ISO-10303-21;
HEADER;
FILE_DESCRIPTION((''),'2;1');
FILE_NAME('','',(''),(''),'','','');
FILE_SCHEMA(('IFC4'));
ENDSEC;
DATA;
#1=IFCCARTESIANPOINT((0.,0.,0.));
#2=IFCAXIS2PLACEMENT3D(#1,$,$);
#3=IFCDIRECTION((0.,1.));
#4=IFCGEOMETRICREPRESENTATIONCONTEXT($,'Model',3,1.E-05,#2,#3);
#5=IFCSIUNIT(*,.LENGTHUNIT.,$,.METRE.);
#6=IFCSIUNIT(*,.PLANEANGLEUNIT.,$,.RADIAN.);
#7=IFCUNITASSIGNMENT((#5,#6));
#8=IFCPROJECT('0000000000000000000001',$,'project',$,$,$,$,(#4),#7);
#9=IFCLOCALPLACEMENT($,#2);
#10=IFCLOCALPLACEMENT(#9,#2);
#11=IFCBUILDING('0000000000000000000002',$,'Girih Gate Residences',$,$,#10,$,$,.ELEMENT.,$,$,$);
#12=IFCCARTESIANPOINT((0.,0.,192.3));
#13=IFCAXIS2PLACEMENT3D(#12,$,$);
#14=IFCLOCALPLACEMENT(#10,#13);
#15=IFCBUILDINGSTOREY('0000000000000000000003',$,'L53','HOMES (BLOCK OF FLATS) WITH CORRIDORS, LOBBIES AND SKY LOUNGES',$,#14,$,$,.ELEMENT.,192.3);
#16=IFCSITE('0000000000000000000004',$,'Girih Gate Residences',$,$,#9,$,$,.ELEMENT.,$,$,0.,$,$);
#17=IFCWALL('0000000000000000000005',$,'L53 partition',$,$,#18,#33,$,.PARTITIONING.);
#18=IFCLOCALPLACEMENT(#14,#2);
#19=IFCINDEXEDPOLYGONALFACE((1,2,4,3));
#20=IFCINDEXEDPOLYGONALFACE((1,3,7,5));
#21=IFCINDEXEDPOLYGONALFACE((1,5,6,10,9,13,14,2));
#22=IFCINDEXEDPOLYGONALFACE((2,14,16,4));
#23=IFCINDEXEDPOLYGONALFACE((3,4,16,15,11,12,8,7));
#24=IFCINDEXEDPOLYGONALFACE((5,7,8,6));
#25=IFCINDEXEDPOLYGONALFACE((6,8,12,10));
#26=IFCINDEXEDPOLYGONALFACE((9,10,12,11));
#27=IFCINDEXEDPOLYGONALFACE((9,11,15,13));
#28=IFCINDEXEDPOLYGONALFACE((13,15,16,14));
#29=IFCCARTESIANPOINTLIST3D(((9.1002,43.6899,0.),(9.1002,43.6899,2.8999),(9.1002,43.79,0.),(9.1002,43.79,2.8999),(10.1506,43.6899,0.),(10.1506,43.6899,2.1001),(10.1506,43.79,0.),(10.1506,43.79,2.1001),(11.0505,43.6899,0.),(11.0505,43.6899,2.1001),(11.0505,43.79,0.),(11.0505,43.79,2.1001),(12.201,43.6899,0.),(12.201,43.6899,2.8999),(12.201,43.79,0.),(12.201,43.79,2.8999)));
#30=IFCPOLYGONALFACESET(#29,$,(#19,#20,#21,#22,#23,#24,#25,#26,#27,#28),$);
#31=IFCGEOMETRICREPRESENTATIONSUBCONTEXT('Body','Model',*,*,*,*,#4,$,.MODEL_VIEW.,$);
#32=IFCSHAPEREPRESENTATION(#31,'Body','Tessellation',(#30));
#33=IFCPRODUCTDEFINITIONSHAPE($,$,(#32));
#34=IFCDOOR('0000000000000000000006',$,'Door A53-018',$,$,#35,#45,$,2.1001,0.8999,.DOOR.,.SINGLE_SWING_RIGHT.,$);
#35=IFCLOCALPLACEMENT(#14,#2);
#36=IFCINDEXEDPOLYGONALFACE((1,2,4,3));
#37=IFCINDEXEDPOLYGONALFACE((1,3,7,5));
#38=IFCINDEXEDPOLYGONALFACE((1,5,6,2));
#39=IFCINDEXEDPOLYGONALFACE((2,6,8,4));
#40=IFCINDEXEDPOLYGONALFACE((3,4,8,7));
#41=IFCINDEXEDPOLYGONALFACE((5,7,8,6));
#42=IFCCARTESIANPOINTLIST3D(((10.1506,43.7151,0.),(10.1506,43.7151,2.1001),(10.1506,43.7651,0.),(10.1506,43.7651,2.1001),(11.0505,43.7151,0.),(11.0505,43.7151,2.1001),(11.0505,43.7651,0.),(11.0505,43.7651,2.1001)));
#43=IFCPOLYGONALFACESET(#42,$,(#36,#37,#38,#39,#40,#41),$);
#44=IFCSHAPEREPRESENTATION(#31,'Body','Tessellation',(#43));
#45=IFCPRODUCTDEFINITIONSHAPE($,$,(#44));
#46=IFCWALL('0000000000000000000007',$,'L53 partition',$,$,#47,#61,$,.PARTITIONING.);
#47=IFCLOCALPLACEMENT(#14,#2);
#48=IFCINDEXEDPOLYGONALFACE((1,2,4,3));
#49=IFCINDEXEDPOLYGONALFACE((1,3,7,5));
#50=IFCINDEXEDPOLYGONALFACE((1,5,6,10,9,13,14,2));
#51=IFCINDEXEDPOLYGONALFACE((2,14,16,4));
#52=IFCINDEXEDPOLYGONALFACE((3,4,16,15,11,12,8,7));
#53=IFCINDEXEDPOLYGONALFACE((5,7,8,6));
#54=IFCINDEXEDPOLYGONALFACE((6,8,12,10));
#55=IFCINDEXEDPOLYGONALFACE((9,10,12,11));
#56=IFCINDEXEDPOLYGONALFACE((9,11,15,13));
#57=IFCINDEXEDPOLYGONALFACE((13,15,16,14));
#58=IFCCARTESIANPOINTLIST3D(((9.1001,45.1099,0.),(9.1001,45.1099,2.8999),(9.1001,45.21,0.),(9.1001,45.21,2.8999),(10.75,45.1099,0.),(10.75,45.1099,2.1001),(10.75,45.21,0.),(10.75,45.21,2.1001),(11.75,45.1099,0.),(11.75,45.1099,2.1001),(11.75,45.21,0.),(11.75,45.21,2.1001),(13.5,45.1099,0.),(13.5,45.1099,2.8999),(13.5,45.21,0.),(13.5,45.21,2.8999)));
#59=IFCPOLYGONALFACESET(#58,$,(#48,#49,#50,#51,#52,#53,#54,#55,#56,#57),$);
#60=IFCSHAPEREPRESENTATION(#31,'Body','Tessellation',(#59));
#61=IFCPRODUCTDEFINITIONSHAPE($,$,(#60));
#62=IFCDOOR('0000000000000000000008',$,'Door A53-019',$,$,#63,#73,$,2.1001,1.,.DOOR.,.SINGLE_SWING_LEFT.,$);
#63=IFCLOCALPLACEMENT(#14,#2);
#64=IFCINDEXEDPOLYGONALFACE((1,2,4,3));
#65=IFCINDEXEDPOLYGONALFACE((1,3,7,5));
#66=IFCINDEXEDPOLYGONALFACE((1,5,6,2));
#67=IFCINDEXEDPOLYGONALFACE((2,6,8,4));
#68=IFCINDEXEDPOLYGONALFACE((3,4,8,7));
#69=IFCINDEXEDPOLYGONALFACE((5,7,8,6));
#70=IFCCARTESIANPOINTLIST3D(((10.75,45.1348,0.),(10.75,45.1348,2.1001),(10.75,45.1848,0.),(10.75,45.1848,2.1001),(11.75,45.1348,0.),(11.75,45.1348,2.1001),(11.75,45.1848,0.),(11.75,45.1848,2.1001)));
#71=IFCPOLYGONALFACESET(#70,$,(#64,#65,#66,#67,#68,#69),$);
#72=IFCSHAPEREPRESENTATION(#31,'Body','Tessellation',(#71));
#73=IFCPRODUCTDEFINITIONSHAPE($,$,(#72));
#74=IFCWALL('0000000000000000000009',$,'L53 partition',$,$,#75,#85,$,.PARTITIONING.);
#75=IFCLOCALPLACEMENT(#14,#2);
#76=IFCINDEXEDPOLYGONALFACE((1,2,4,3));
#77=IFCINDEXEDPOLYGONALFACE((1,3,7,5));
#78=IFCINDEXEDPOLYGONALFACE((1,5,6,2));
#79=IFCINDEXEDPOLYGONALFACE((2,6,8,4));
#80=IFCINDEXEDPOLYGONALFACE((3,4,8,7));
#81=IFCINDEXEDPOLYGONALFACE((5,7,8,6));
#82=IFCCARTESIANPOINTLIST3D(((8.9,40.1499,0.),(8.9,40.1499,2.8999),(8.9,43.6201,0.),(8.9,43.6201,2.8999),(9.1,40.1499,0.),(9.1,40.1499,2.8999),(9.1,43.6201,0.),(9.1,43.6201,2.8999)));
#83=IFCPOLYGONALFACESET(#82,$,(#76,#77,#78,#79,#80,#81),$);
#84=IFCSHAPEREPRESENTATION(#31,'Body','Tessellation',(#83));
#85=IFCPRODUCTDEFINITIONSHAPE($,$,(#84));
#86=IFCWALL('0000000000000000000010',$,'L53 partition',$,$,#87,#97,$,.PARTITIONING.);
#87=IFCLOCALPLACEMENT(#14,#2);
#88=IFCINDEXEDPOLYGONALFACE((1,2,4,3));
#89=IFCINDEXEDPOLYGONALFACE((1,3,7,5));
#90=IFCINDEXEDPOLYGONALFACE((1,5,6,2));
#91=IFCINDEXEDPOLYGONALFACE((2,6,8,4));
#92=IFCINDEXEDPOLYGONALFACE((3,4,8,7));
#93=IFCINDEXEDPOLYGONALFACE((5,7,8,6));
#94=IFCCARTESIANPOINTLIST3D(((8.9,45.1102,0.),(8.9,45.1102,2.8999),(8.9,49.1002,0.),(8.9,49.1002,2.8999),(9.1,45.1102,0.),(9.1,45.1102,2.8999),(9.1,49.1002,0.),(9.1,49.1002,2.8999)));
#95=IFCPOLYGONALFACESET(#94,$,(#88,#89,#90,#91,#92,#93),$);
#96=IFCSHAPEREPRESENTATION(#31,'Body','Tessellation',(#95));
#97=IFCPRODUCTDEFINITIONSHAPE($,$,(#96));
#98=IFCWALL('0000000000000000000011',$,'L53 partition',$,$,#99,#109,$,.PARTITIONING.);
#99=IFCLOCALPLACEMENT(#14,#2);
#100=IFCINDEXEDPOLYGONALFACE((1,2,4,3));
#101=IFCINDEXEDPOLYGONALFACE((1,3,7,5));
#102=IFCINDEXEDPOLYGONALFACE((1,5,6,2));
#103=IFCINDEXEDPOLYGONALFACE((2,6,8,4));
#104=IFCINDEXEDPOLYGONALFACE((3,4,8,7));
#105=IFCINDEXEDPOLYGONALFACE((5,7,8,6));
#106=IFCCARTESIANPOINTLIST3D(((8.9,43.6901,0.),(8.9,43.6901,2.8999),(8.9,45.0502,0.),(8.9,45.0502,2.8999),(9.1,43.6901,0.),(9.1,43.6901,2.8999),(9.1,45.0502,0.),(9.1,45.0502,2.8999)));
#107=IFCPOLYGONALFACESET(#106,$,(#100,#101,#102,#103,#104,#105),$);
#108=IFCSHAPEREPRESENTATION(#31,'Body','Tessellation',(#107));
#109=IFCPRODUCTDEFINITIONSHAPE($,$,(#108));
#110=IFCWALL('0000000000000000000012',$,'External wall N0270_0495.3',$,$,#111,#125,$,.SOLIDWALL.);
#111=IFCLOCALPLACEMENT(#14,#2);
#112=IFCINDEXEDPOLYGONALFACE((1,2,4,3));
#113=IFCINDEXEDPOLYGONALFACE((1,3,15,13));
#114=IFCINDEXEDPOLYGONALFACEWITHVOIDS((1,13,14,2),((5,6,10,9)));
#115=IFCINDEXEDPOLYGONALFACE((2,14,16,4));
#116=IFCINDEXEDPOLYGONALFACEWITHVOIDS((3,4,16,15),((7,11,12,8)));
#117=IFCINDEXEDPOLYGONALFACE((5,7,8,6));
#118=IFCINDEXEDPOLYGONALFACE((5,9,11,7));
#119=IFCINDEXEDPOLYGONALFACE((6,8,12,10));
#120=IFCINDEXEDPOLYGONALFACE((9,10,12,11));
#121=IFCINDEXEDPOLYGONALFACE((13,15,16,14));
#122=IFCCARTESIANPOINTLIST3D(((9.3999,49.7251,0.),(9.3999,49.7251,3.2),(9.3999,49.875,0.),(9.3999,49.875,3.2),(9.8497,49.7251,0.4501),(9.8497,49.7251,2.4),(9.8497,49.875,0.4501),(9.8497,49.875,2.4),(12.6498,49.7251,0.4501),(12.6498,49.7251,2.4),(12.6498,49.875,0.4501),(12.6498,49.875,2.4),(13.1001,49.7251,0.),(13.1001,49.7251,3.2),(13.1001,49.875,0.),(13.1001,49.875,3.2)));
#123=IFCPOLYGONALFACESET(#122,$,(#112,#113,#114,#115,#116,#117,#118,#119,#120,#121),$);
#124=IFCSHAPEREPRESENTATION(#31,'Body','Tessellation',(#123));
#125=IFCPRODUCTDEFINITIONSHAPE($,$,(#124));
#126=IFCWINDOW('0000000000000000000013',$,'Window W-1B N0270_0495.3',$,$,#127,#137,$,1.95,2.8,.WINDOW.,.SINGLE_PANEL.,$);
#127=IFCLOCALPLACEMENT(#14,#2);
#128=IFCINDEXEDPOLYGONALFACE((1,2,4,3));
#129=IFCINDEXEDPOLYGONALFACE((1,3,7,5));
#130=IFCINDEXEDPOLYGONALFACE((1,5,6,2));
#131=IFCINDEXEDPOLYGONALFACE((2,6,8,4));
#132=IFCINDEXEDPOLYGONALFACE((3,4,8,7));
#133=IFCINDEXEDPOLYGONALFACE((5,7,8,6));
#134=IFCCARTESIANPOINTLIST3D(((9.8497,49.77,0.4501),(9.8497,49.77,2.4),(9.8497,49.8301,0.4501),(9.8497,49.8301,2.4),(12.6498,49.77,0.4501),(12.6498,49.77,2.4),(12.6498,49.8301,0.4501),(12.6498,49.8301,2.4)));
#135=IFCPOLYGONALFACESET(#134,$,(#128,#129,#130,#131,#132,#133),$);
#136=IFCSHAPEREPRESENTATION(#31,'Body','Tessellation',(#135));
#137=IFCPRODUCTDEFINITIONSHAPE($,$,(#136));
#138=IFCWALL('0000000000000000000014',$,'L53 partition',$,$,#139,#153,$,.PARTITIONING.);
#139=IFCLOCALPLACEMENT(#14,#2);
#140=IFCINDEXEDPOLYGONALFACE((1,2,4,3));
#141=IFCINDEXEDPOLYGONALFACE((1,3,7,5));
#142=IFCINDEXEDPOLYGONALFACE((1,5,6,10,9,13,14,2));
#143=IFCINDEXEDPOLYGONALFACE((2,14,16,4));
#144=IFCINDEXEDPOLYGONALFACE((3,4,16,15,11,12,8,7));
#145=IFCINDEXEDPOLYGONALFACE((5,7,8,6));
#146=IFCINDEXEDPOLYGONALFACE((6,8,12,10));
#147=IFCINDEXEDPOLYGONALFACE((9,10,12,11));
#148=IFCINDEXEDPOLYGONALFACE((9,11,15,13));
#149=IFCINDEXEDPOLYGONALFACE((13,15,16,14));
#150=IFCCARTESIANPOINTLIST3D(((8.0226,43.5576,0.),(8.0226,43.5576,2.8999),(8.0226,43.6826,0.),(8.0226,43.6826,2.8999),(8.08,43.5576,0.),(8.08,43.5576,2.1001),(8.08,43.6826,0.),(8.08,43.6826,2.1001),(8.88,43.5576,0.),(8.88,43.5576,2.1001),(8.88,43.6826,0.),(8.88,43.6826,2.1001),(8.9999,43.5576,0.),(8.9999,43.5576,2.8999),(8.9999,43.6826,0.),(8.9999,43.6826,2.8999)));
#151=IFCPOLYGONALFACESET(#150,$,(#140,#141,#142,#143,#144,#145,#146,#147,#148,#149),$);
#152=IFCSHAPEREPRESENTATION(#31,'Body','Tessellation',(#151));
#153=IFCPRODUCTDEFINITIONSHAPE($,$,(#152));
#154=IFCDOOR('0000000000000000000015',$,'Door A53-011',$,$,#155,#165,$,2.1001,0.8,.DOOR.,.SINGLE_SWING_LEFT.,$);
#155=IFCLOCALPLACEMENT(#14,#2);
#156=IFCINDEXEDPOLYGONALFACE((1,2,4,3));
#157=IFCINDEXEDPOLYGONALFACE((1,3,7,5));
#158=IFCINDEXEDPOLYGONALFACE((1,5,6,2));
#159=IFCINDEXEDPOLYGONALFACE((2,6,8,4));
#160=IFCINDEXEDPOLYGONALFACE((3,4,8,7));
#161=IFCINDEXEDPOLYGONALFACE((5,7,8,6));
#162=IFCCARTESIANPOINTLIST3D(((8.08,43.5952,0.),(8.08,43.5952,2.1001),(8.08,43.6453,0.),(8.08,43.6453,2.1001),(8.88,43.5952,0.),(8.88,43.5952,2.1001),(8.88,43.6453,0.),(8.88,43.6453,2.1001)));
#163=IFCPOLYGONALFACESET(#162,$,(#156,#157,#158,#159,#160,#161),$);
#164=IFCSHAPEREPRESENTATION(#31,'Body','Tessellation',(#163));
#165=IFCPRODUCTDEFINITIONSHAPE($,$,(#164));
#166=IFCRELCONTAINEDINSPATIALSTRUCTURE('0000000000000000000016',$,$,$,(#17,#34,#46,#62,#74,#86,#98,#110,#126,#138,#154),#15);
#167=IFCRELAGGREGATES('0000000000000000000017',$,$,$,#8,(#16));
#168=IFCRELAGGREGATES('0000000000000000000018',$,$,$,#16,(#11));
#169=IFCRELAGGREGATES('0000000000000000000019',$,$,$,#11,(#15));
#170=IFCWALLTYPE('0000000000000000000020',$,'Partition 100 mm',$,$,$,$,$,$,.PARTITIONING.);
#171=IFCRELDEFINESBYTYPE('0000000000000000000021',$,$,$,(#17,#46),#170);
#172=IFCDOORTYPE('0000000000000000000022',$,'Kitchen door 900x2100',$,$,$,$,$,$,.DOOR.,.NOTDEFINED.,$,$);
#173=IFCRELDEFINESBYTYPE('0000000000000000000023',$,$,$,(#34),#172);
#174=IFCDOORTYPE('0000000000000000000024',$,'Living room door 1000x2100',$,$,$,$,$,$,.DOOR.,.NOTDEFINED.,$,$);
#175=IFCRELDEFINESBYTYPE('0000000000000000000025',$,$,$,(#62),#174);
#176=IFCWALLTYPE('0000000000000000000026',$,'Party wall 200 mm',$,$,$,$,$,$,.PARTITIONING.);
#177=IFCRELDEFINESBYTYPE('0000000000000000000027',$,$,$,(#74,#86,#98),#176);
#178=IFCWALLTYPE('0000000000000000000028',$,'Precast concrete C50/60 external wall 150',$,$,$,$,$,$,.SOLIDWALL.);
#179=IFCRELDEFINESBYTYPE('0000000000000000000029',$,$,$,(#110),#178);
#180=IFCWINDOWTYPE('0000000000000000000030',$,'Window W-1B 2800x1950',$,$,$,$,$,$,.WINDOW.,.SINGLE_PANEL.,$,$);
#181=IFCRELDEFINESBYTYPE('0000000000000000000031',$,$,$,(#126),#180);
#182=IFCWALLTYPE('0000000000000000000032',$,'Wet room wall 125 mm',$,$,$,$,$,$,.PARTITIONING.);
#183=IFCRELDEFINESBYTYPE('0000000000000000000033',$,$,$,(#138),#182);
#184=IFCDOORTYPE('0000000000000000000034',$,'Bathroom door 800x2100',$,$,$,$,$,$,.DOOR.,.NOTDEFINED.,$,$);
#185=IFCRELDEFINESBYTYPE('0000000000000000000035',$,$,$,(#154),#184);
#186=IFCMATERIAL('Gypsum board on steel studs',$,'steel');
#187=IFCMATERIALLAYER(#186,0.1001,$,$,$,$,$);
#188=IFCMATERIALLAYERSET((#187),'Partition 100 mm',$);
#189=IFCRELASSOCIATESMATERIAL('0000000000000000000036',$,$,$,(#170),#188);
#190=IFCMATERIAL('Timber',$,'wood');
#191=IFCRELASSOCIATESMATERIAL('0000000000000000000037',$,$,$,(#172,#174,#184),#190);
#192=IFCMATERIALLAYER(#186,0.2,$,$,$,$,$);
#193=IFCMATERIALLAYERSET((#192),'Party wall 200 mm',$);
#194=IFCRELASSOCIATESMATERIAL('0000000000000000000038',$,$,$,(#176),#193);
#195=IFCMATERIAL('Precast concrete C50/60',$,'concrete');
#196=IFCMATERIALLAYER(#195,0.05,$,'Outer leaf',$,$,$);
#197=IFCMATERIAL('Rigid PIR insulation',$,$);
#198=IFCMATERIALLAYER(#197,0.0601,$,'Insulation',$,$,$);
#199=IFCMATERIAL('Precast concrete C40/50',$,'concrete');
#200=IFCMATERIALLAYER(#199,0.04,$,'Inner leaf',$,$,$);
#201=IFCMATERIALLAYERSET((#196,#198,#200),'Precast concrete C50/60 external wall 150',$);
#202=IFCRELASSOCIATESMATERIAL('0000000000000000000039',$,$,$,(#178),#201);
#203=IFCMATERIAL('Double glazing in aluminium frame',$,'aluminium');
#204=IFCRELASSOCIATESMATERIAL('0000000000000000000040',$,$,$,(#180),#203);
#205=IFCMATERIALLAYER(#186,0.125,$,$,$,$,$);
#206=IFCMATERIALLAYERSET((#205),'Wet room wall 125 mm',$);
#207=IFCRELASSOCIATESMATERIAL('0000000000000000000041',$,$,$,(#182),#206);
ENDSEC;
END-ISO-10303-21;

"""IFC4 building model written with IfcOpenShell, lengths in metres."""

from ifc_helpers import new_model, si_unit, direction, frame, frame_2d, origin, place, context, subcontext, project, spatial, rectangle, extrude, material, layer, layer_set, type_object, element, fill, save


model = new_model("IFC4")

# Units and contexts
model_context = context("Model", 3, precision=1e-05, world=origin(), true_north=direction((0.0, 1.0)))
body_context = subcontext(model_context, "Body", "Model", "MODEL_VIEW")
ifc_project = project(units=[si_unit("LENGTHUNIT", "METRE"), si_unit("PLANEANGLEUNIT", "RADIAN")], contexts=[model_context])

# Site, building, storey
site_placement = place(None, origin())
site = spatial("IfcSite", under=ifc_project, at=site_placement, Name="Girih Gate Residences", CompositionType="ELEMENT", RefElevation=0.0)
building_placement = place(site_placement, origin())
building = spatial("IfcBuilding", under=site, at=building_placement, Name="Girih Gate Residences", CompositionType="ELEMENT")
storey_placement = place(building_placement, frame((0.0, 0.0, 192.3)))
storey = spatial("IfcBuildingStorey", under=building, at=storey_placement, Name="L53", Description="HOMES (BLOCK OF FLATS) WITH CORRIDORS, LOBBIES AND SKY LOUNGES", CompositionType="ELEMENT", Elevation=192.3)

# Shared definitions
ifc_material_1 = material(Name="Gypsum board on steel studs", Category="steel")

# Shared definitions
ifc_layer_1 = layer(ifc_material_1, 0.1001)
ifc_layer_set_1 = layer_set([ifc_layer_1], Name="Partition 100 mm")
wall_type_1 = type_object("IfcWallType", Name="Partition 100 mm", PredefinedType="PARTITIONING", material=ifc_layer_set_1)
ifc_material_2 = material(Name="Timber", Category="wood")
door_type_1 = type_object("IfcDoorType", Name="Kitchen door 900x2100", OperationType="NOTDEFINED", PredefinedType="DOOR", material=ifc_material_2)

# Walls, openings, doors
wall_1_placement = place(storey_placement, frame((12.2009, 43.74, 0.0), z_axis=(0.0, 0.0, 1.0), x_axis=(-1.0, 0.0, 0.0)))
wall_1 = element("IfcWall", 1, at=wall_1_placement, inside=storey, type_object=wall_type_1, Name="L53 partition", PredefinedType="PARTITIONING", context=body_context, shape_type="SweptSolid", body=[
    extrude(rectangle(XDim=3.1008, YDim=0.1001, at=frame_2d((1.5503, 0.0))), origin(), (0.0, 0.0, 1.0), 2.8999),
])
opening_1_placement = place(wall_1_placement, frame((1.1504, 0.0, 0.0)))
opening_1 = element("IfcOpeningElement", 2, at=opening_1_placement, cuts=wall_1, PredefinedType="OPENING", context=body_context, shape_type="SweptSolid", body=[
    extrude(rectangle(XDim=0.8999, YDim=2.1001, at=frame_2d((0.45, 1.05))), frame((0.0, 0.0601, 0.0), z_axis=(0.0, -1.0, 0.0), x_axis=(1.0, 0.0, 0.0)), (0.0, 0.0, 1.0), 0.1201),
])
door_1_placement = place(opening_1_placement, origin())
door_1 = element("IfcDoor", 3, at=door_1_placement, inside=storey, type_object=door_type_1, Name="Door A53-018", OperationType="SINGLE_SWING_RIGHT", OverallHeight=2.1001, OverallWidth=0.8999, PredefinedType="DOOR", context=body_context, shape_type="SweptSolid", body=[
    extrude(rectangle(XDim=0.8999, YDim=2.1001, at=frame_2d((0.45, 1.05))), frame((0.0, 0.0249, 0.0), z_axis=(0.0, -1.0, 0.0), x_axis=(1.0, 0.0, 0.0)), (0.0, 0.0, 1.0), 0.05),
])
fill(opening_1, door_1)
wall_2_placement = place(storey_placement, frame((9.1001, 45.1599, 0.0), z_axis=(0.0, 0.0, 1.0), x_axis=(1.0, 0.0, 0.0)))
wall_2 = element("IfcWall", 4, at=wall_2_placement, inside=storey, type_object=wall_type_1, Name="L53 partition", PredefinedType="PARTITIONING", context=body_context, shape_type="SweptSolid", body=[
    extrude(rectangle(XDim=4.3999, YDim=0.1001, at=frame_2d((2.2, 0.0))), origin(), (0.0, 0.0, 1.0), 2.8999),
])
opening_2_placement = place(wall_2_placement, frame((1.6499, 0.0, 0.0)))
opening_2 = element("IfcOpeningElement", 5, at=opening_2_placement, cuts=wall_2, PredefinedType="OPENING", context=body_context, shape_type="SweptSolid", body=[
    extrude(rectangle(XDim=1.0, YDim=2.1001, at=frame_2d((0.5, 1.05))), frame((0.0, 0.0601, 0.0), z_axis=(0.0, -1.0, 0.0), x_axis=(1.0, 0.0, 0.0)), (0.0, 0.0, 1.0), 0.1201),
])
door_type_2 = type_object("IfcDoorType", Name="Living room door 1000x2100", OperationType="NOTDEFINED", PredefinedType="DOOR", material=ifc_material_2)
door_2_placement = place(opening_2_placement, origin())
door_2 = element("IfcDoor", 6, at=door_2_placement, inside=storey, type_object=door_type_2, Name="Door A53-019", OperationType="SINGLE_SWING_LEFT", OverallHeight=2.1001, OverallWidth=1.0, PredefinedType="DOOR", context=body_context, shape_type="SweptSolid", body=[
    extrude(rectangle(XDim=1.0, YDim=2.1001, at=frame_2d((0.5, 1.05))), frame((0.0, 0.0249, 0.0), z_axis=(0.0, -1.0, 0.0), x_axis=(1.0, 0.0, 0.0)), (0.0, 0.0, 1.0), 0.05),
])
fill(opening_2, door_2)

# Walls
ifc_layer_2 = layer(ifc_material_1, 0.2)
ifc_layer_set_2 = layer_set([ifc_layer_2], Name="Party wall 200 mm")
wall_type_2 = type_object("IfcWallType", Name="Party wall 200 mm", PredefinedType="PARTITIONING", material=ifc_layer_set_2)
wall_3_placement = place(storey_placement, frame((9.0, 40.1499, 0.0), z_axis=(0.0, 0.0, 1.0), x_axis=(0.0, 1.0, 0.0)))
element("IfcWall", 7, at=wall_3_placement, inside=storey, type_object=wall_type_2, Name="L53 partition", PredefinedType="PARTITIONING", context=body_context, shape_type="SweptSolid", body=[
    extrude(rectangle(XDim=3.4702, YDim=0.2, at=frame_2d((1.7351, 0.0))), origin(), (0.0, 0.0, 1.0), 2.8999),
])
wall_4_placement = place(storey_placement, frame((9.0, 45.1101, 0.0), z_axis=(0.0, 0.0, 1.0), x_axis=(0.0, 1.0, 0.0)))
element("IfcWall", 8, at=wall_4_placement, inside=storey, type_object=wall_type_2, Name="L53 partition", PredefinedType="PARTITIONING", context=body_context, shape_type="SweptSolid", body=[
    extrude(rectangle(XDim=3.99, YDim=0.2, at=frame_2d((1.9951, 0.0))), origin(), (0.0, 0.0, 1.0), 2.8999),
])
wall_5_placement = place(storey_placement, frame((9.0, 43.6899, 0.0), z_axis=(0.0, 0.0, 1.0), x_axis=(0.0, 1.0, 0.0)))
element("IfcWall", 9, at=wall_5_placement, inside=storey, type_object=wall_type_2, Name="L53 partition", PredefinedType="PARTITIONING", context=body_context, shape_type="SweptSolid", body=[
    extrude(rectangle(XDim=1.3601, YDim=0.2, at=frame_2d((0.6802, 0.0))), origin(), (0.0, 0.0, 1.0), 2.8999),
])

# Wall, opening, window
ifc_material_3 = material(Name="Precast concrete C50/60", Category="concrete")
ifc_layer_3 = layer(ifc_material_3, 0.05, Name="Outer leaf")
ifc_material_4 = material(Name="Rigid PIR insulation")
ifc_layer_4 = layer(ifc_material_4, 0.0601, Name="Insulation")
ifc_material_5 = material(Name="Precast concrete C40/50", Category="concrete")
ifc_layer_5 = layer(ifc_material_5, 0.04, Name="Inner leaf")
ifc_layer_set_3 = layer_set([ifc_layer_3, ifc_layer_4, ifc_layer_5], Name="Precast concrete C50/60 external wall 150")
wall_type_3 = type_object("IfcWallType", Name="Precast concrete C50/60 external wall 150", PredefinedType="SOLIDWALL", material=ifc_layer_set_3)
wall_6_placement = place(storey_placement, frame((9.3999, 49.8, 0.0), z_axis=(0.0, 0.0, 1.0), x_axis=(1.0, 0.0, 0.0)))
wall_6 = element("IfcWall", 10, at=wall_6_placement, inside=storey, type_object=wall_type_3, Name="External wall N0270_0495.3", PredefinedType="SOLIDWALL", context=body_context, shape_type="SweptSolid", body=[
    extrude(rectangle(XDim=3.7002, YDim=0.1499, at=frame_2d((1.8501, 0.0))), origin(), (0.0, 0.0, 1.0), 3.2),
])
opening_3_placement = place(wall_6_placement, frame((0.45, 0.0, 0.45)))
opening_3 = element("IfcOpeningElement", 11, at=opening_3_placement, cuts=wall_6, PredefinedType="OPENING", context=body_context, shape_type="SweptSolid", body=[
    extrude(rectangle(XDim=2.8, YDim=1.95, at=frame_2d((1.3999, 0.9751))), frame((0.0, 0.085, 0.0), z_axis=(0.0, -1.0, 0.0), x_axis=(1.0, 0.0, 0.0)), (0.0, 0.0, 1.0), 0.1699),
])
ifc_material_6 = material(Name="Double glazing in aluminium frame", Category="aluminium")
window_type = type_object("IfcWindowType", Name="Window W-1B 2800x1950", PartitioningType="SINGLE_PANEL", PredefinedType="WINDOW", material=ifc_material_6)
window_placement = place(opening_3_placement, origin())
window = element("IfcWindow", 12, at=window_placement, inside=storey, type_object=window_type, Name="Window W-1B N0270_0495.3", OverallHeight=1.95, OverallWidth=2.8, PartitioningType="SINGLE_PANEL", PredefinedType="WINDOW", context=body_context, shape_type="SweptSolid", body=[
    extrude(rectangle(XDim=2.8, YDim=1.95, at=frame_2d((1.3999, 0.9751))), frame((0.0, 0.03, 0.0), z_axis=(0.0, -1.0, 0.0), x_axis=(1.0, 0.0, 0.0)), (0.0, 0.0, 1.0), 0.0601),
])
fill(opening_3, window)

# Wall, opening, door
ifc_layer_6 = layer(ifc_material_1, 0.125)
ifc_layer_set_4 = layer_set([ifc_layer_6], Name="Wet room wall 125 mm")
wall_type_4 = type_object("IfcWallType", Name="Wet room wall 125 mm", PredefinedType="PARTITIONING", material=ifc_layer_set_4)
wall_7_placement = place(storey_placement, frame((9.0, 43.6201, 0.0), z_axis=(0.0, 0.0, 1.0), x_axis=(-1.0, 0.0, 0.0)))
wall_7 = element("IfcWall", 13, at=wall_7_placement, inside=storey, type_object=wall_type_4, Name="L53 partition", PredefinedType="PARTITIONING", context=body_context, shape_type="SweptSolid", body=[
    extrude(rectangle(XDim=0.9773, YDim=0.125, at=frame_2d((0.4888, 0.0))), origin(), (0.0, 0.0, 1.0), 2.8999),
])
opening_4_placement = place(wall_7_placement, frame((0.1201, 0.0, 0.0)))
opening_4 = element("IfcOpeningElement", 14, at=opening_4_placement, cuts=wall_7, PredefinedType="OPENING", context=body_context, shape_type="SweptSolid", body=[
    extrude(rectangle(XDim=0.8, YDim=2.1001, at=frame_2d((0.3999, 1.05))), frame((0.0, 0.0725, 0.0), z_axis=(0.0, -1.0, 0.0), x_axis=(1.0, 0.0, 0.0)), (0.0, 0.0, 1.0), 0.145),
])
door_type_3 = type_object("IfcDoorType", Name="Bathroom door 800x2100", OperationType="NOTDEFINED", PredefinedType="DOOR", material=ifc_material_2)
door_3_placement = place(opening_4_placement, origin())
door_3 = element("IfcDoor", 15, at=door_3_placement, inside=storey, type_object=door_type_3, Name="Door A53-011", OperationType="SINGLE_SWING_LEFT", OverallHeight=2.1001, OverallWidth=0.8, PredefinedType="DOOR", context=body_context, shape_type="SweptSolid", body=[
    extrude(rectangle(XDim=0.8, YDim=2.1001, at=frame_2d((0.3999, 1.05))), frame((0.0, 0.0249, 0.0), z_axis=(0.0, -1.0, 0.0), x_axis=(1.0, 0.0, 0.0)), (0.0, 0.0, 1.0), 0.05),
])
fill(opening_4, door_3)

save(model, "model.ifc")
